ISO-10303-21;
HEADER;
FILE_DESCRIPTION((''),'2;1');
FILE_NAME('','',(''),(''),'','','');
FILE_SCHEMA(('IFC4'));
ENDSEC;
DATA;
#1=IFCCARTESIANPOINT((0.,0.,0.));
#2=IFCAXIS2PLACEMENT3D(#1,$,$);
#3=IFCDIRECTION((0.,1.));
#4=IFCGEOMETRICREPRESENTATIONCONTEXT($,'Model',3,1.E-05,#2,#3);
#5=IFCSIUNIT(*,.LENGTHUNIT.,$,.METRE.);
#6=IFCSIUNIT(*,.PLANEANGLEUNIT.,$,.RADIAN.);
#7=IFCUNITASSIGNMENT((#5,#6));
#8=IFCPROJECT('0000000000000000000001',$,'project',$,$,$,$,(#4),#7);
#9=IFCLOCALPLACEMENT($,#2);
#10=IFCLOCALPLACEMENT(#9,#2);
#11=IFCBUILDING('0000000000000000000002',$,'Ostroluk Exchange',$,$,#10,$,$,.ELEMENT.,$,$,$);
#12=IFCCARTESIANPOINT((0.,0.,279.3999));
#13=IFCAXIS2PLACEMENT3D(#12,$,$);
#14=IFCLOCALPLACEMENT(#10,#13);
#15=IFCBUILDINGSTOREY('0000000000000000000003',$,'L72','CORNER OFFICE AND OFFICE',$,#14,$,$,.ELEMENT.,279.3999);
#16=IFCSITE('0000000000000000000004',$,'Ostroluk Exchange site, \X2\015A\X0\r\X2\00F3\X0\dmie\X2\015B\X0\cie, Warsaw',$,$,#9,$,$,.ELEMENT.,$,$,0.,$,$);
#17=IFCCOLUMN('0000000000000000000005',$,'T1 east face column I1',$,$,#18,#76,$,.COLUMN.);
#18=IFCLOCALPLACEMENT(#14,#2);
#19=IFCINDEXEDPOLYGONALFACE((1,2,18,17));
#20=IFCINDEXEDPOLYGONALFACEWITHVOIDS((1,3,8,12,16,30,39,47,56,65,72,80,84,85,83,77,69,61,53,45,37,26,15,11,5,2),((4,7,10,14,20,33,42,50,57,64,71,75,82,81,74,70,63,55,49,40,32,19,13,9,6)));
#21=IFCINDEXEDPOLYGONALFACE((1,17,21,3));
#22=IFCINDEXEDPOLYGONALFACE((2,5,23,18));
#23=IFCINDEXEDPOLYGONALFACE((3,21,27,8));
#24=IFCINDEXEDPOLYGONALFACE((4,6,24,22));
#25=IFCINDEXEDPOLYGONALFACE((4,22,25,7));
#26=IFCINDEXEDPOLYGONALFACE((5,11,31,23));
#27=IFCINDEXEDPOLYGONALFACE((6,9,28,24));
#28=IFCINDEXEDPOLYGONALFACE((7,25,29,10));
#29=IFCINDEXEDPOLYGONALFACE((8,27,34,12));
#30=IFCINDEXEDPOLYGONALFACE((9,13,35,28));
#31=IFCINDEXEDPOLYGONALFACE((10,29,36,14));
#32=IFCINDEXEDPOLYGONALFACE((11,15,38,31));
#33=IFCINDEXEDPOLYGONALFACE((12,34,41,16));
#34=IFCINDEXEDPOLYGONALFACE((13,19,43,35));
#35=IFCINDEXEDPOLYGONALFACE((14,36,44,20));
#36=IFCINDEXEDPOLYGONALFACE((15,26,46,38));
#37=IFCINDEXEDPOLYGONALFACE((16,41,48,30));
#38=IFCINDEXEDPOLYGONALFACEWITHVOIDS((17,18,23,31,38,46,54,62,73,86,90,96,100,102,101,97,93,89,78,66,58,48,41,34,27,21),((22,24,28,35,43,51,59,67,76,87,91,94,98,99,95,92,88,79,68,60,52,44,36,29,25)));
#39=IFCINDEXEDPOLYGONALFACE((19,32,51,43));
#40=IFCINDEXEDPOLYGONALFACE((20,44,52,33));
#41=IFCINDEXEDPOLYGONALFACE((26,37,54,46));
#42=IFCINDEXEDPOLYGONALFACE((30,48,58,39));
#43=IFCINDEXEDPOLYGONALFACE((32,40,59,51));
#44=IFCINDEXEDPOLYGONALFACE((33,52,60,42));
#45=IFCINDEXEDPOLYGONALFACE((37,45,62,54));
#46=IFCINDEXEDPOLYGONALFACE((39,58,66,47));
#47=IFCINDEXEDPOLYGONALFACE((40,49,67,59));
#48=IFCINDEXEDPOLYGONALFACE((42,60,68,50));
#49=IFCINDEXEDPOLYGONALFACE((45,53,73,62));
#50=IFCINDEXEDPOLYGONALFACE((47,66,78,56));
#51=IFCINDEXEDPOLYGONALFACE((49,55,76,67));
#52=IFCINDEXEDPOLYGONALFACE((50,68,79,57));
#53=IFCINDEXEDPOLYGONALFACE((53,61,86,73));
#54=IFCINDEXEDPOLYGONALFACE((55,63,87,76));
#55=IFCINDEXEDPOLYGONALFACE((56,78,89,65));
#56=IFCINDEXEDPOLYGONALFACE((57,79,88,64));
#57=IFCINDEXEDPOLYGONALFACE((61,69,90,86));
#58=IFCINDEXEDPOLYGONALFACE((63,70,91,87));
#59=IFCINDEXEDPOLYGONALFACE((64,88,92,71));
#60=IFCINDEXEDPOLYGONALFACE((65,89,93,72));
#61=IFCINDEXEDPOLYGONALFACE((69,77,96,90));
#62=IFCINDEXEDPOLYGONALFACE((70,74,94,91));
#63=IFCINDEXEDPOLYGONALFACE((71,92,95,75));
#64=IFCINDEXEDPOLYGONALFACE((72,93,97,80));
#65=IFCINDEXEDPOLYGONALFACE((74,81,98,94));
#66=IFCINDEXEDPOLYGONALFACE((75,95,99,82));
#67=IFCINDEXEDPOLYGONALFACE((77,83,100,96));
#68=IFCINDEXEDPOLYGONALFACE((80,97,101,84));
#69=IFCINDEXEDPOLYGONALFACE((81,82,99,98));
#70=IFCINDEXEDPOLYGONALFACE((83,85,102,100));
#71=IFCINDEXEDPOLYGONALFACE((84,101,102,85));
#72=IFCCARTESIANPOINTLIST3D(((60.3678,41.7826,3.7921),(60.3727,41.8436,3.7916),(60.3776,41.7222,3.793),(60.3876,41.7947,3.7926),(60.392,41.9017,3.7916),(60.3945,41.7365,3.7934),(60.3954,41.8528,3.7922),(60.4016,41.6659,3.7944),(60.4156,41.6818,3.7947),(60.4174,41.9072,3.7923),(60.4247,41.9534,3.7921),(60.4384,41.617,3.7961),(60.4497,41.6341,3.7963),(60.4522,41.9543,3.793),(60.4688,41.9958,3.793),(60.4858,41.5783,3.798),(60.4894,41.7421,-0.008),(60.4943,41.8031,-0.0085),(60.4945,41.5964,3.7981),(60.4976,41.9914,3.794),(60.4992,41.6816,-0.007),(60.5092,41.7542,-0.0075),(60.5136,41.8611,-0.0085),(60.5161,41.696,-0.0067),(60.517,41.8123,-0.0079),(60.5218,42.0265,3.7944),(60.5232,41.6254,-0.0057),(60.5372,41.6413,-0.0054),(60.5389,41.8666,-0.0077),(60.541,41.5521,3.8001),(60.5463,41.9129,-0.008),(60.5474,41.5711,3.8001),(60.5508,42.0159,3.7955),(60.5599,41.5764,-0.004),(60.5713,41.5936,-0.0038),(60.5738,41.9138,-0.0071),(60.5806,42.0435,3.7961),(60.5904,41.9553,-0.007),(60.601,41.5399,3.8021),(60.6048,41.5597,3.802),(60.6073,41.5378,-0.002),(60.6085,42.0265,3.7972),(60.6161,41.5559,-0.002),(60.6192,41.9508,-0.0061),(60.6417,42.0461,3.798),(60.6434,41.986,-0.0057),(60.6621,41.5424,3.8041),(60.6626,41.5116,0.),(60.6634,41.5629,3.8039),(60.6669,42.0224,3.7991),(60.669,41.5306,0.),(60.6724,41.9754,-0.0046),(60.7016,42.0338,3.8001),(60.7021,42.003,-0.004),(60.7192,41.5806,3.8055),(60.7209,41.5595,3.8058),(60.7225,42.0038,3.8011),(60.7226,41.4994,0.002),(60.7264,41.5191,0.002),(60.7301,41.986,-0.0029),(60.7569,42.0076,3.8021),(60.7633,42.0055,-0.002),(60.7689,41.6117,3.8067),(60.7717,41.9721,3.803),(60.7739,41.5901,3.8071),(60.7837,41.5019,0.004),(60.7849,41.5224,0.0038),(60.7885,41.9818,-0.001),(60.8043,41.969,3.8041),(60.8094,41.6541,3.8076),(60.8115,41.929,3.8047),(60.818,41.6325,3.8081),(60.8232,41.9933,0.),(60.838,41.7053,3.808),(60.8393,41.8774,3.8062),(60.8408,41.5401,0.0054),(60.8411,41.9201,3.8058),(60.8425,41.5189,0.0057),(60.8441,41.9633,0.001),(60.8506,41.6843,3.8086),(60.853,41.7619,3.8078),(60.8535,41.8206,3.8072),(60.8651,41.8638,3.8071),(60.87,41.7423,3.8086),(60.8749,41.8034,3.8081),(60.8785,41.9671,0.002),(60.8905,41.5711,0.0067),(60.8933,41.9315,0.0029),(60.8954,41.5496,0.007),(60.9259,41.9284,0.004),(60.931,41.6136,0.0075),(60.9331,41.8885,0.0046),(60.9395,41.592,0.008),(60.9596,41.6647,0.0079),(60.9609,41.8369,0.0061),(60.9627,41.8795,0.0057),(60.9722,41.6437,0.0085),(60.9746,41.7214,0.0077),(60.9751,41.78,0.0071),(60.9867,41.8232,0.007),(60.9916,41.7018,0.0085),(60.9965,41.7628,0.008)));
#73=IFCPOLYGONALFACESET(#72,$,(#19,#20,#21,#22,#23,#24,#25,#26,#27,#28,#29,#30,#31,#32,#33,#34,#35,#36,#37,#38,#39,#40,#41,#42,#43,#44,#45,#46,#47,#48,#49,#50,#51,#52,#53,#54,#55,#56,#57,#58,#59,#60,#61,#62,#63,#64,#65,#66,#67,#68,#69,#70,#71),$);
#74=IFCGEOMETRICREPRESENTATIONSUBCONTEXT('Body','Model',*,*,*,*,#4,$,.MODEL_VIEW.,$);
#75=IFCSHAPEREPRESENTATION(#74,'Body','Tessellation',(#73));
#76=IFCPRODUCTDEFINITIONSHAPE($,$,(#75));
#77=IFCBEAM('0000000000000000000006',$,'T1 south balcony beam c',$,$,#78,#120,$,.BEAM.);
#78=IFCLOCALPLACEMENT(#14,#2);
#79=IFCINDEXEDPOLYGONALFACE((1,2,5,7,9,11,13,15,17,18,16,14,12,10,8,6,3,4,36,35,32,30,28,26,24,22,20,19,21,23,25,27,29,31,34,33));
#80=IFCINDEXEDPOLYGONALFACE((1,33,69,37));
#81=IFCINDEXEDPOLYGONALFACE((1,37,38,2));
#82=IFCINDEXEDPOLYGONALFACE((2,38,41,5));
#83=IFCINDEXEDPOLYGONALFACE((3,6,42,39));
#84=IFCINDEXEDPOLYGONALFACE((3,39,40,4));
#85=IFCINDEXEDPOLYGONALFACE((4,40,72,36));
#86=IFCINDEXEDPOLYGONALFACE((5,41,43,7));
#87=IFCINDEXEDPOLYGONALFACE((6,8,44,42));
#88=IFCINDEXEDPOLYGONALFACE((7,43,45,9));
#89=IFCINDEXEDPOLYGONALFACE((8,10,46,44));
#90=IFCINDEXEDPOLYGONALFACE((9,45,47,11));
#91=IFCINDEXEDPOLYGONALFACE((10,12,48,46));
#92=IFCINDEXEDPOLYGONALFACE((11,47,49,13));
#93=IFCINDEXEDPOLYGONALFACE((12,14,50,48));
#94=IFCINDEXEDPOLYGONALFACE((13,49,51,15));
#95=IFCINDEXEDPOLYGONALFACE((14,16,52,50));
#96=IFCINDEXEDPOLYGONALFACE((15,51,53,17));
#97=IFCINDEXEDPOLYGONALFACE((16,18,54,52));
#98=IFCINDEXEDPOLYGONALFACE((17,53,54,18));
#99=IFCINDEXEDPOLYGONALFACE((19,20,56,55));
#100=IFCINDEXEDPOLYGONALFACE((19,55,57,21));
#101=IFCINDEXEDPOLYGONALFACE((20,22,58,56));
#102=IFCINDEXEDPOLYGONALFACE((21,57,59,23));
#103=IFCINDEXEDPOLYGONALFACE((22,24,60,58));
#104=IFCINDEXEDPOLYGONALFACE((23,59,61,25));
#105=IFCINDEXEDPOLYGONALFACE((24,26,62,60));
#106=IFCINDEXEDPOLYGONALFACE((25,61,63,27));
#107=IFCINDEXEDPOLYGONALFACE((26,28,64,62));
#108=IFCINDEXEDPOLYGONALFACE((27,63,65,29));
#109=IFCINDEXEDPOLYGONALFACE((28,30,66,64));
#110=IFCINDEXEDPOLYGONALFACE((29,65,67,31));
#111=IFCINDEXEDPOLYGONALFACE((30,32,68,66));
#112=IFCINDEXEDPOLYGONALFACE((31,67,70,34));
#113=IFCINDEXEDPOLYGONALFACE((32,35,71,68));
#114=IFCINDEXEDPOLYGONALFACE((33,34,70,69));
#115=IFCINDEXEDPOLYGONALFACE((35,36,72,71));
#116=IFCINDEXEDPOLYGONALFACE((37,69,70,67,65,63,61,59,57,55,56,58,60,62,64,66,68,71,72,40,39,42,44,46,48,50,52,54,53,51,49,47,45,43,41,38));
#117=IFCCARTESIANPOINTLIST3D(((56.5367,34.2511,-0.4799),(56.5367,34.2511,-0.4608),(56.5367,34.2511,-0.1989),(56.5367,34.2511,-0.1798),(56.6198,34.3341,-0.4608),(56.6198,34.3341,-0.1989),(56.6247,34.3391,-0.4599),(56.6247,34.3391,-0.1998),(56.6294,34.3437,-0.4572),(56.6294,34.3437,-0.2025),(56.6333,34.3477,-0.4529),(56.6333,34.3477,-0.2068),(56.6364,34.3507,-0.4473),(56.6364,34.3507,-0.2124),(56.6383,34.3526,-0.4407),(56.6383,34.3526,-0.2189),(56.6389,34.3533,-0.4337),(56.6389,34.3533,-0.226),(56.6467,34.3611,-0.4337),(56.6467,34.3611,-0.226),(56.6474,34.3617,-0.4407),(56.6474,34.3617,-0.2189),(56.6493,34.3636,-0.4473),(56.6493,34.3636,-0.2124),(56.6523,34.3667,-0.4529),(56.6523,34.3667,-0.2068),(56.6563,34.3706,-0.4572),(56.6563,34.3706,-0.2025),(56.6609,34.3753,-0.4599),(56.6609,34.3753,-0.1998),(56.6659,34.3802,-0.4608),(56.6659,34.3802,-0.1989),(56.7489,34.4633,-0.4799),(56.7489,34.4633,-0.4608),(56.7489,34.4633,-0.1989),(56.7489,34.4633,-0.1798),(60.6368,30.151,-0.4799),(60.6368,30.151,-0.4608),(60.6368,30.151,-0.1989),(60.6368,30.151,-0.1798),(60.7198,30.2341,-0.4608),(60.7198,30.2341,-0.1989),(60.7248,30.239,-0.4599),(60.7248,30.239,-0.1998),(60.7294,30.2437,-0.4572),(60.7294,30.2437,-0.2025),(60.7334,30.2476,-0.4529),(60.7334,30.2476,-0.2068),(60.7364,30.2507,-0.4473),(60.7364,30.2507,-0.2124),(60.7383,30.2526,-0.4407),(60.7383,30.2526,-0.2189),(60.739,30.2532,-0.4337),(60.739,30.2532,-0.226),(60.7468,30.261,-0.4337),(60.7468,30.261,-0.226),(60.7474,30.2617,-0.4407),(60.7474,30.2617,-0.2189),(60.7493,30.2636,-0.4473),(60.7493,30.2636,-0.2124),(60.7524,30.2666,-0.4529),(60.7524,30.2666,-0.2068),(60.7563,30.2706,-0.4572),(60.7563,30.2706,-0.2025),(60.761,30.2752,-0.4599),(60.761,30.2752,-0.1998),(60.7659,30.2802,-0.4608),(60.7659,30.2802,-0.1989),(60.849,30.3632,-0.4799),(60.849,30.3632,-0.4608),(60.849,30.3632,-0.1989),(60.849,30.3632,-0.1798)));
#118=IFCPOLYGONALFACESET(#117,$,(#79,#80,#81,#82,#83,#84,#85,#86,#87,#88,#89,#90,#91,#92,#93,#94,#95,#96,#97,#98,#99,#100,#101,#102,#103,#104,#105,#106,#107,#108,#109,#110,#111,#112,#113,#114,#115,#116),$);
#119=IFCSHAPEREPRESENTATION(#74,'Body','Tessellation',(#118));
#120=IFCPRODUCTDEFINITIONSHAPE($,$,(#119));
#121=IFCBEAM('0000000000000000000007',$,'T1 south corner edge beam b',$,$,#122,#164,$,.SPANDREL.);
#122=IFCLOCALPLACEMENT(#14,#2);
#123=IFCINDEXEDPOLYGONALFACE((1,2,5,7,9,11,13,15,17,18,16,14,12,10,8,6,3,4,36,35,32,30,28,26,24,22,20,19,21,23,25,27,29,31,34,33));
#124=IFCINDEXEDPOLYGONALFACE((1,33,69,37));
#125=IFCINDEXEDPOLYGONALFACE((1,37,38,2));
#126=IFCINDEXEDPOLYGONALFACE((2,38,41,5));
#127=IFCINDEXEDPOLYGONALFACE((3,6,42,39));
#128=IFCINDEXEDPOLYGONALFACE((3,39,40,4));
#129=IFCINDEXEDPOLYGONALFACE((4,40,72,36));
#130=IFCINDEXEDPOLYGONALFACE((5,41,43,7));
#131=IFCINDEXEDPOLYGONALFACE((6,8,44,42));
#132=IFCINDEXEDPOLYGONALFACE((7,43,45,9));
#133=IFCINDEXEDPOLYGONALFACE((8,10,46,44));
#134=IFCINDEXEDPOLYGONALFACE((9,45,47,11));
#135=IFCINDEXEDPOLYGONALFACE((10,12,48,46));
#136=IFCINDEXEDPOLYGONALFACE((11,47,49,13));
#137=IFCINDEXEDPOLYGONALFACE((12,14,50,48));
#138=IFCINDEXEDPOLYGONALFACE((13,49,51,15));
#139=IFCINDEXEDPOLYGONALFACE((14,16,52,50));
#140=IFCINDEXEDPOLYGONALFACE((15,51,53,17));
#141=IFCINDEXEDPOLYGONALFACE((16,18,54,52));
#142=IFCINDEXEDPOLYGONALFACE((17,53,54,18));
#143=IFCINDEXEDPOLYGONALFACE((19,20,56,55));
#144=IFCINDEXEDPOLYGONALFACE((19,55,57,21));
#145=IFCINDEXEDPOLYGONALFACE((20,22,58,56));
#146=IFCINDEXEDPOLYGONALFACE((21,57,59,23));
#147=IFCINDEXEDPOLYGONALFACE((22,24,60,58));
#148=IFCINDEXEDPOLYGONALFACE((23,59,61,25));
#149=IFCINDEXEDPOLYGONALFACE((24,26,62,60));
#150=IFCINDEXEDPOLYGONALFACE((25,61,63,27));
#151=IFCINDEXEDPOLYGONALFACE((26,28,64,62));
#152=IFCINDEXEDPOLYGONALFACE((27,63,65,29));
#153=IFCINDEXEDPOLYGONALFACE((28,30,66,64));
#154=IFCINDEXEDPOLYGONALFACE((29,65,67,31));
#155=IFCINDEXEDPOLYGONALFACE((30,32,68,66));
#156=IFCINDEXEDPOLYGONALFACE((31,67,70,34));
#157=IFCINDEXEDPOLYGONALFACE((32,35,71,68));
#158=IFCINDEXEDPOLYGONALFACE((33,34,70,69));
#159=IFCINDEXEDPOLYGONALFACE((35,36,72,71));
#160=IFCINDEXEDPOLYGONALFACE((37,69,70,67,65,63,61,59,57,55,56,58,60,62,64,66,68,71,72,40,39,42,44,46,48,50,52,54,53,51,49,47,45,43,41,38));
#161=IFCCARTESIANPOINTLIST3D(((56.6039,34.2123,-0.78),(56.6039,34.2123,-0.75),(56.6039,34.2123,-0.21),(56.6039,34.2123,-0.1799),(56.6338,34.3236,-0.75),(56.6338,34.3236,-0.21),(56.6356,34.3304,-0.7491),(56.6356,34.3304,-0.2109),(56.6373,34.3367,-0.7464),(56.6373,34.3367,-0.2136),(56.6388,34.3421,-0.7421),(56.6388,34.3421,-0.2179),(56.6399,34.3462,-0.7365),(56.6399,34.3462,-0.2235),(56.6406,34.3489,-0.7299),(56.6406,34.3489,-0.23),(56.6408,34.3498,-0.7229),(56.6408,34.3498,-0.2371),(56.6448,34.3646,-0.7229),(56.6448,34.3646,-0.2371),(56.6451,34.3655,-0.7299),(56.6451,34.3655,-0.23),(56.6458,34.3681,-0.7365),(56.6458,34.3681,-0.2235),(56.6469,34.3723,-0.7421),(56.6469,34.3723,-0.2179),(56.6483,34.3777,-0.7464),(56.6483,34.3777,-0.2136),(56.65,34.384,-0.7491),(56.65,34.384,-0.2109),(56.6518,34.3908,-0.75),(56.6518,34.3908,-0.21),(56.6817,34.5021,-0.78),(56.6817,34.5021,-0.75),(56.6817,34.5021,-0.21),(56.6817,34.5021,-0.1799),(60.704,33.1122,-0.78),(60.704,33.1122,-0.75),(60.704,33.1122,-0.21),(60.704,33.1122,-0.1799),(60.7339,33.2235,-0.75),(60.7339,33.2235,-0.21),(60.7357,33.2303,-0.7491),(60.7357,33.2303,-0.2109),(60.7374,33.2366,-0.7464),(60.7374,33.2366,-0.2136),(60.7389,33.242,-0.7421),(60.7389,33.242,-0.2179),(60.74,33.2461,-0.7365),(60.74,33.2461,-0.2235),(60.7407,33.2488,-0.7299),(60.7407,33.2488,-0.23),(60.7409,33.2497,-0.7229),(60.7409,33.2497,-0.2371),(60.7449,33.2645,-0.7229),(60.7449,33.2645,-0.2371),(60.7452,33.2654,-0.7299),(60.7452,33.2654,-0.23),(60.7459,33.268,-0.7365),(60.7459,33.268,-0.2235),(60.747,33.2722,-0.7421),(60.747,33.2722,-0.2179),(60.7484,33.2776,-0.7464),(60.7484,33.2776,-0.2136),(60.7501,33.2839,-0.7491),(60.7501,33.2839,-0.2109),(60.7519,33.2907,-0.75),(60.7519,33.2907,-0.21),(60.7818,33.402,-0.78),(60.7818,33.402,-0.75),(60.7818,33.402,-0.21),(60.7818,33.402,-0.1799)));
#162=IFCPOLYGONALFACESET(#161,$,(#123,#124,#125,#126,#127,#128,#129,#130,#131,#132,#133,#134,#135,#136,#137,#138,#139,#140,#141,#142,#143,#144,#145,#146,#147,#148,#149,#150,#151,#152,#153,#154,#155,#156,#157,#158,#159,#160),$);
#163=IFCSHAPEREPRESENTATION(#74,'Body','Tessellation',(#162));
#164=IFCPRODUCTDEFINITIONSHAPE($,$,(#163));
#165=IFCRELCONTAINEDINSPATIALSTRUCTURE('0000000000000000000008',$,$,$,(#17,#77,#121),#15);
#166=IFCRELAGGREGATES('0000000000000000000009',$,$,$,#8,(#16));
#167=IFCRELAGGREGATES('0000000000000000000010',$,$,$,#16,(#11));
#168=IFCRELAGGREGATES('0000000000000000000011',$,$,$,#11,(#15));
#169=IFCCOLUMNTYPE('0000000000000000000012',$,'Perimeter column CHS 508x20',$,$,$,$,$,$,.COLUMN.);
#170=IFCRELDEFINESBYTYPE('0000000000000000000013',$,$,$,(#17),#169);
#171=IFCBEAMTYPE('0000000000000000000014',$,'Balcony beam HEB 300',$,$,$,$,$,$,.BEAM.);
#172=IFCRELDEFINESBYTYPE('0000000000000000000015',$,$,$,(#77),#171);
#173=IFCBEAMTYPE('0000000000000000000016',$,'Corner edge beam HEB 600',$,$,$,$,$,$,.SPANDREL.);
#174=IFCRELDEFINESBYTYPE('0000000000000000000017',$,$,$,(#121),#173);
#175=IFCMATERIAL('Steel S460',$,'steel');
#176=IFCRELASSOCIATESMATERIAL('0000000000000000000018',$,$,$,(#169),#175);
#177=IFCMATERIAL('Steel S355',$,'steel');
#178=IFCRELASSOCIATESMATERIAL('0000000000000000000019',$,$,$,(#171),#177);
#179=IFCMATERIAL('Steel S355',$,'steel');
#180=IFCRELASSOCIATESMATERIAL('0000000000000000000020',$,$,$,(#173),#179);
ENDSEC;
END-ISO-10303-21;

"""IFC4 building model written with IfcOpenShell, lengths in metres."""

from ifc_helpers import new_model, si_unit, direction, frame, origin, origin_2d, place, context, subcontext, project, spatial, hollow_circle, i_section, extrude, material, material_profile, profile_set, type_object, element, save


model = new_model("IFC4")

# Units and contexts
model_context = context("Model", 3, precision=1e-05, world=origin(), true_north=direction((0.0, 1.0)))
body_context = subcontext(model_context, "Body", "Model", "MODEL_VIEW")
ifc_project = project(units=[si_unit("LENGTHUNIT", "METRE"), si_unit("PLANEANGLEUNIT", "RADIAN")], contexts=[model_context])

# Site, building, storey
site_placement = place(None, origin())
site = spatial("IfcSite", under=ifc_project, at=site_placement, Name="Ostroluk Exchange site, Śródmieście, Warsaw", CompositionType="ELEMENT", RefElevation=0.0)
building_placement = place(site_placement, origin())
building = spatial("IfcBuilding", under=site, at=building_placement, Name="Ostroluk Exchange", CompositionType="ELEMENT")
storey_placement = place(building_placement, frame((0.0, 0.0, 279.3999)))
storey = spatial("IfcBuildingStorey", under=building, at=storey_placement, Name="L72", Description="CORNER OFFICE AND OFFICE", CompositionType="ELEMENT", Elevation=279.3999)

# Column
ifc_material_1 = material(Name="Steel S460", Category="steel")
ifc_material_profile_1 = material_profile(ifc_material_1, hollow_circle(Radius=0.2539, WallThickness=0.02, at=origin_2d()), Name="CHS 508x20")
ifc_profile_set_1 = profile_set([ifc_material_profile_1], Name="Steel S460")
column_type = type_object("IfcColumnType", Name="Perimeter column CHS 508x20", PredefinedType="COLUMN", material=ifc_profile_set_1)
column_placement = place(storey_placement, frame((60.7429, 41.7524, 0.0), z_axis=(-0.031977, 0.010659, 0.999432), x_axis=(-0.316228, -0.948683, 0.0)))
element("IfcColumn", 1, at=column_placement, inside=storey, type_object=column_type, Name="T1 east face column I1", PredefinedType="COLUMN", context=body_context, shape_type="SweptSolid", body=[
    extrude(hollow_circle(Radius=0.2539, WallThickness=0.02, at=origin_2d()), origin(), (0.0, 0.0, 1.0), 3.8022),
])

# Beams
ifc_material_2 = material(Name="Steel S355", Category="steel")
ifc_material_profile_2 = material_profile(ifc_material_2, i_section(OverallWidth=0.3, OverallDepth=0.3, WebThickness=0.011, FlangeThickness=0.019, FilletRadius=0.0271, at=origin_2d()), Name="HEB 300")
ifc_profile_set_2 = profile_set([ifc_material_profile_2], Name="Steel S355")
beam_type_1 = type_object("IfcBeamType", Name="Balcony beam HEB 300", PredefinedType="BEAM", material=ifc_profile_set_2)
beam_1_placement = place(storey_placement, frame((56.6428, 34.3572, -0.3298), z_axis=(0.707107, -0.707107, 0.0), x_axis=(0.707107, 0.707107, 0.0)))
element("IfcBeam", 2, at=beam_1_placement, inside=storey, type_object=beam_type_1, Name="T1 south balcony beam c", PredefinedType="BEAM", context=body_context, shape_type="SweptSolid", body=[
    extrude(i_section(OverallWidth=0.3, OverallDepth=0.3, WebThickness=0.011, FlangeThickness=0.019, FilletRadius=0.0271, at=origin_2d()), origin(), (0.0, 0.0, 1.0), 5.7983),
])
ifc_material_3 = material(Name="Steel S355", Category="steel")
ifc_material_profile_3 = material_profile(ifc_material_3, i_section(OverallWidth=0.3, OverallDepth=0.6001, WebThickness=0.0154, FlangeThickness=0.03, FilletRadius=0.0271, at=origin_2d()), Name="HEB 600")
ifc_profile_set_3 = profile_set([ifc_material_profile_3], Name="Steel S355")
beam_type_2 = type_object("IfcBeamType", Name="Corner edge beam HEB 600", PredefinedType="SPANDREL", material=ifc_profile_set_3)
beam_2_placement = place(storey_placement, frame((56.6428, 34.3572, -0.48), z_axis=(0.965839, -0.259144, 0.0), x_axis=(0.259144, 0.965839, 0.0)))
element("IfcBeam", 3, at=beam_2_placement, inside=storey, type_object=beam_type_2, Name="T1 south corner edge beam b", PredefinedType="SPANDREL", context=body_context, shape_type="SweptSolid", body=[
    extrude(i_section(OverallWidth=0.3, OverallDepth=0.6001, WebThickness=0.0154, FlangeThickness=0.03, FilletRadius=0.0271, at=origin_2d()), origin(), (0.0, 0.0, 1.0), 4.2451),
])

save(model, "model.ifc")
